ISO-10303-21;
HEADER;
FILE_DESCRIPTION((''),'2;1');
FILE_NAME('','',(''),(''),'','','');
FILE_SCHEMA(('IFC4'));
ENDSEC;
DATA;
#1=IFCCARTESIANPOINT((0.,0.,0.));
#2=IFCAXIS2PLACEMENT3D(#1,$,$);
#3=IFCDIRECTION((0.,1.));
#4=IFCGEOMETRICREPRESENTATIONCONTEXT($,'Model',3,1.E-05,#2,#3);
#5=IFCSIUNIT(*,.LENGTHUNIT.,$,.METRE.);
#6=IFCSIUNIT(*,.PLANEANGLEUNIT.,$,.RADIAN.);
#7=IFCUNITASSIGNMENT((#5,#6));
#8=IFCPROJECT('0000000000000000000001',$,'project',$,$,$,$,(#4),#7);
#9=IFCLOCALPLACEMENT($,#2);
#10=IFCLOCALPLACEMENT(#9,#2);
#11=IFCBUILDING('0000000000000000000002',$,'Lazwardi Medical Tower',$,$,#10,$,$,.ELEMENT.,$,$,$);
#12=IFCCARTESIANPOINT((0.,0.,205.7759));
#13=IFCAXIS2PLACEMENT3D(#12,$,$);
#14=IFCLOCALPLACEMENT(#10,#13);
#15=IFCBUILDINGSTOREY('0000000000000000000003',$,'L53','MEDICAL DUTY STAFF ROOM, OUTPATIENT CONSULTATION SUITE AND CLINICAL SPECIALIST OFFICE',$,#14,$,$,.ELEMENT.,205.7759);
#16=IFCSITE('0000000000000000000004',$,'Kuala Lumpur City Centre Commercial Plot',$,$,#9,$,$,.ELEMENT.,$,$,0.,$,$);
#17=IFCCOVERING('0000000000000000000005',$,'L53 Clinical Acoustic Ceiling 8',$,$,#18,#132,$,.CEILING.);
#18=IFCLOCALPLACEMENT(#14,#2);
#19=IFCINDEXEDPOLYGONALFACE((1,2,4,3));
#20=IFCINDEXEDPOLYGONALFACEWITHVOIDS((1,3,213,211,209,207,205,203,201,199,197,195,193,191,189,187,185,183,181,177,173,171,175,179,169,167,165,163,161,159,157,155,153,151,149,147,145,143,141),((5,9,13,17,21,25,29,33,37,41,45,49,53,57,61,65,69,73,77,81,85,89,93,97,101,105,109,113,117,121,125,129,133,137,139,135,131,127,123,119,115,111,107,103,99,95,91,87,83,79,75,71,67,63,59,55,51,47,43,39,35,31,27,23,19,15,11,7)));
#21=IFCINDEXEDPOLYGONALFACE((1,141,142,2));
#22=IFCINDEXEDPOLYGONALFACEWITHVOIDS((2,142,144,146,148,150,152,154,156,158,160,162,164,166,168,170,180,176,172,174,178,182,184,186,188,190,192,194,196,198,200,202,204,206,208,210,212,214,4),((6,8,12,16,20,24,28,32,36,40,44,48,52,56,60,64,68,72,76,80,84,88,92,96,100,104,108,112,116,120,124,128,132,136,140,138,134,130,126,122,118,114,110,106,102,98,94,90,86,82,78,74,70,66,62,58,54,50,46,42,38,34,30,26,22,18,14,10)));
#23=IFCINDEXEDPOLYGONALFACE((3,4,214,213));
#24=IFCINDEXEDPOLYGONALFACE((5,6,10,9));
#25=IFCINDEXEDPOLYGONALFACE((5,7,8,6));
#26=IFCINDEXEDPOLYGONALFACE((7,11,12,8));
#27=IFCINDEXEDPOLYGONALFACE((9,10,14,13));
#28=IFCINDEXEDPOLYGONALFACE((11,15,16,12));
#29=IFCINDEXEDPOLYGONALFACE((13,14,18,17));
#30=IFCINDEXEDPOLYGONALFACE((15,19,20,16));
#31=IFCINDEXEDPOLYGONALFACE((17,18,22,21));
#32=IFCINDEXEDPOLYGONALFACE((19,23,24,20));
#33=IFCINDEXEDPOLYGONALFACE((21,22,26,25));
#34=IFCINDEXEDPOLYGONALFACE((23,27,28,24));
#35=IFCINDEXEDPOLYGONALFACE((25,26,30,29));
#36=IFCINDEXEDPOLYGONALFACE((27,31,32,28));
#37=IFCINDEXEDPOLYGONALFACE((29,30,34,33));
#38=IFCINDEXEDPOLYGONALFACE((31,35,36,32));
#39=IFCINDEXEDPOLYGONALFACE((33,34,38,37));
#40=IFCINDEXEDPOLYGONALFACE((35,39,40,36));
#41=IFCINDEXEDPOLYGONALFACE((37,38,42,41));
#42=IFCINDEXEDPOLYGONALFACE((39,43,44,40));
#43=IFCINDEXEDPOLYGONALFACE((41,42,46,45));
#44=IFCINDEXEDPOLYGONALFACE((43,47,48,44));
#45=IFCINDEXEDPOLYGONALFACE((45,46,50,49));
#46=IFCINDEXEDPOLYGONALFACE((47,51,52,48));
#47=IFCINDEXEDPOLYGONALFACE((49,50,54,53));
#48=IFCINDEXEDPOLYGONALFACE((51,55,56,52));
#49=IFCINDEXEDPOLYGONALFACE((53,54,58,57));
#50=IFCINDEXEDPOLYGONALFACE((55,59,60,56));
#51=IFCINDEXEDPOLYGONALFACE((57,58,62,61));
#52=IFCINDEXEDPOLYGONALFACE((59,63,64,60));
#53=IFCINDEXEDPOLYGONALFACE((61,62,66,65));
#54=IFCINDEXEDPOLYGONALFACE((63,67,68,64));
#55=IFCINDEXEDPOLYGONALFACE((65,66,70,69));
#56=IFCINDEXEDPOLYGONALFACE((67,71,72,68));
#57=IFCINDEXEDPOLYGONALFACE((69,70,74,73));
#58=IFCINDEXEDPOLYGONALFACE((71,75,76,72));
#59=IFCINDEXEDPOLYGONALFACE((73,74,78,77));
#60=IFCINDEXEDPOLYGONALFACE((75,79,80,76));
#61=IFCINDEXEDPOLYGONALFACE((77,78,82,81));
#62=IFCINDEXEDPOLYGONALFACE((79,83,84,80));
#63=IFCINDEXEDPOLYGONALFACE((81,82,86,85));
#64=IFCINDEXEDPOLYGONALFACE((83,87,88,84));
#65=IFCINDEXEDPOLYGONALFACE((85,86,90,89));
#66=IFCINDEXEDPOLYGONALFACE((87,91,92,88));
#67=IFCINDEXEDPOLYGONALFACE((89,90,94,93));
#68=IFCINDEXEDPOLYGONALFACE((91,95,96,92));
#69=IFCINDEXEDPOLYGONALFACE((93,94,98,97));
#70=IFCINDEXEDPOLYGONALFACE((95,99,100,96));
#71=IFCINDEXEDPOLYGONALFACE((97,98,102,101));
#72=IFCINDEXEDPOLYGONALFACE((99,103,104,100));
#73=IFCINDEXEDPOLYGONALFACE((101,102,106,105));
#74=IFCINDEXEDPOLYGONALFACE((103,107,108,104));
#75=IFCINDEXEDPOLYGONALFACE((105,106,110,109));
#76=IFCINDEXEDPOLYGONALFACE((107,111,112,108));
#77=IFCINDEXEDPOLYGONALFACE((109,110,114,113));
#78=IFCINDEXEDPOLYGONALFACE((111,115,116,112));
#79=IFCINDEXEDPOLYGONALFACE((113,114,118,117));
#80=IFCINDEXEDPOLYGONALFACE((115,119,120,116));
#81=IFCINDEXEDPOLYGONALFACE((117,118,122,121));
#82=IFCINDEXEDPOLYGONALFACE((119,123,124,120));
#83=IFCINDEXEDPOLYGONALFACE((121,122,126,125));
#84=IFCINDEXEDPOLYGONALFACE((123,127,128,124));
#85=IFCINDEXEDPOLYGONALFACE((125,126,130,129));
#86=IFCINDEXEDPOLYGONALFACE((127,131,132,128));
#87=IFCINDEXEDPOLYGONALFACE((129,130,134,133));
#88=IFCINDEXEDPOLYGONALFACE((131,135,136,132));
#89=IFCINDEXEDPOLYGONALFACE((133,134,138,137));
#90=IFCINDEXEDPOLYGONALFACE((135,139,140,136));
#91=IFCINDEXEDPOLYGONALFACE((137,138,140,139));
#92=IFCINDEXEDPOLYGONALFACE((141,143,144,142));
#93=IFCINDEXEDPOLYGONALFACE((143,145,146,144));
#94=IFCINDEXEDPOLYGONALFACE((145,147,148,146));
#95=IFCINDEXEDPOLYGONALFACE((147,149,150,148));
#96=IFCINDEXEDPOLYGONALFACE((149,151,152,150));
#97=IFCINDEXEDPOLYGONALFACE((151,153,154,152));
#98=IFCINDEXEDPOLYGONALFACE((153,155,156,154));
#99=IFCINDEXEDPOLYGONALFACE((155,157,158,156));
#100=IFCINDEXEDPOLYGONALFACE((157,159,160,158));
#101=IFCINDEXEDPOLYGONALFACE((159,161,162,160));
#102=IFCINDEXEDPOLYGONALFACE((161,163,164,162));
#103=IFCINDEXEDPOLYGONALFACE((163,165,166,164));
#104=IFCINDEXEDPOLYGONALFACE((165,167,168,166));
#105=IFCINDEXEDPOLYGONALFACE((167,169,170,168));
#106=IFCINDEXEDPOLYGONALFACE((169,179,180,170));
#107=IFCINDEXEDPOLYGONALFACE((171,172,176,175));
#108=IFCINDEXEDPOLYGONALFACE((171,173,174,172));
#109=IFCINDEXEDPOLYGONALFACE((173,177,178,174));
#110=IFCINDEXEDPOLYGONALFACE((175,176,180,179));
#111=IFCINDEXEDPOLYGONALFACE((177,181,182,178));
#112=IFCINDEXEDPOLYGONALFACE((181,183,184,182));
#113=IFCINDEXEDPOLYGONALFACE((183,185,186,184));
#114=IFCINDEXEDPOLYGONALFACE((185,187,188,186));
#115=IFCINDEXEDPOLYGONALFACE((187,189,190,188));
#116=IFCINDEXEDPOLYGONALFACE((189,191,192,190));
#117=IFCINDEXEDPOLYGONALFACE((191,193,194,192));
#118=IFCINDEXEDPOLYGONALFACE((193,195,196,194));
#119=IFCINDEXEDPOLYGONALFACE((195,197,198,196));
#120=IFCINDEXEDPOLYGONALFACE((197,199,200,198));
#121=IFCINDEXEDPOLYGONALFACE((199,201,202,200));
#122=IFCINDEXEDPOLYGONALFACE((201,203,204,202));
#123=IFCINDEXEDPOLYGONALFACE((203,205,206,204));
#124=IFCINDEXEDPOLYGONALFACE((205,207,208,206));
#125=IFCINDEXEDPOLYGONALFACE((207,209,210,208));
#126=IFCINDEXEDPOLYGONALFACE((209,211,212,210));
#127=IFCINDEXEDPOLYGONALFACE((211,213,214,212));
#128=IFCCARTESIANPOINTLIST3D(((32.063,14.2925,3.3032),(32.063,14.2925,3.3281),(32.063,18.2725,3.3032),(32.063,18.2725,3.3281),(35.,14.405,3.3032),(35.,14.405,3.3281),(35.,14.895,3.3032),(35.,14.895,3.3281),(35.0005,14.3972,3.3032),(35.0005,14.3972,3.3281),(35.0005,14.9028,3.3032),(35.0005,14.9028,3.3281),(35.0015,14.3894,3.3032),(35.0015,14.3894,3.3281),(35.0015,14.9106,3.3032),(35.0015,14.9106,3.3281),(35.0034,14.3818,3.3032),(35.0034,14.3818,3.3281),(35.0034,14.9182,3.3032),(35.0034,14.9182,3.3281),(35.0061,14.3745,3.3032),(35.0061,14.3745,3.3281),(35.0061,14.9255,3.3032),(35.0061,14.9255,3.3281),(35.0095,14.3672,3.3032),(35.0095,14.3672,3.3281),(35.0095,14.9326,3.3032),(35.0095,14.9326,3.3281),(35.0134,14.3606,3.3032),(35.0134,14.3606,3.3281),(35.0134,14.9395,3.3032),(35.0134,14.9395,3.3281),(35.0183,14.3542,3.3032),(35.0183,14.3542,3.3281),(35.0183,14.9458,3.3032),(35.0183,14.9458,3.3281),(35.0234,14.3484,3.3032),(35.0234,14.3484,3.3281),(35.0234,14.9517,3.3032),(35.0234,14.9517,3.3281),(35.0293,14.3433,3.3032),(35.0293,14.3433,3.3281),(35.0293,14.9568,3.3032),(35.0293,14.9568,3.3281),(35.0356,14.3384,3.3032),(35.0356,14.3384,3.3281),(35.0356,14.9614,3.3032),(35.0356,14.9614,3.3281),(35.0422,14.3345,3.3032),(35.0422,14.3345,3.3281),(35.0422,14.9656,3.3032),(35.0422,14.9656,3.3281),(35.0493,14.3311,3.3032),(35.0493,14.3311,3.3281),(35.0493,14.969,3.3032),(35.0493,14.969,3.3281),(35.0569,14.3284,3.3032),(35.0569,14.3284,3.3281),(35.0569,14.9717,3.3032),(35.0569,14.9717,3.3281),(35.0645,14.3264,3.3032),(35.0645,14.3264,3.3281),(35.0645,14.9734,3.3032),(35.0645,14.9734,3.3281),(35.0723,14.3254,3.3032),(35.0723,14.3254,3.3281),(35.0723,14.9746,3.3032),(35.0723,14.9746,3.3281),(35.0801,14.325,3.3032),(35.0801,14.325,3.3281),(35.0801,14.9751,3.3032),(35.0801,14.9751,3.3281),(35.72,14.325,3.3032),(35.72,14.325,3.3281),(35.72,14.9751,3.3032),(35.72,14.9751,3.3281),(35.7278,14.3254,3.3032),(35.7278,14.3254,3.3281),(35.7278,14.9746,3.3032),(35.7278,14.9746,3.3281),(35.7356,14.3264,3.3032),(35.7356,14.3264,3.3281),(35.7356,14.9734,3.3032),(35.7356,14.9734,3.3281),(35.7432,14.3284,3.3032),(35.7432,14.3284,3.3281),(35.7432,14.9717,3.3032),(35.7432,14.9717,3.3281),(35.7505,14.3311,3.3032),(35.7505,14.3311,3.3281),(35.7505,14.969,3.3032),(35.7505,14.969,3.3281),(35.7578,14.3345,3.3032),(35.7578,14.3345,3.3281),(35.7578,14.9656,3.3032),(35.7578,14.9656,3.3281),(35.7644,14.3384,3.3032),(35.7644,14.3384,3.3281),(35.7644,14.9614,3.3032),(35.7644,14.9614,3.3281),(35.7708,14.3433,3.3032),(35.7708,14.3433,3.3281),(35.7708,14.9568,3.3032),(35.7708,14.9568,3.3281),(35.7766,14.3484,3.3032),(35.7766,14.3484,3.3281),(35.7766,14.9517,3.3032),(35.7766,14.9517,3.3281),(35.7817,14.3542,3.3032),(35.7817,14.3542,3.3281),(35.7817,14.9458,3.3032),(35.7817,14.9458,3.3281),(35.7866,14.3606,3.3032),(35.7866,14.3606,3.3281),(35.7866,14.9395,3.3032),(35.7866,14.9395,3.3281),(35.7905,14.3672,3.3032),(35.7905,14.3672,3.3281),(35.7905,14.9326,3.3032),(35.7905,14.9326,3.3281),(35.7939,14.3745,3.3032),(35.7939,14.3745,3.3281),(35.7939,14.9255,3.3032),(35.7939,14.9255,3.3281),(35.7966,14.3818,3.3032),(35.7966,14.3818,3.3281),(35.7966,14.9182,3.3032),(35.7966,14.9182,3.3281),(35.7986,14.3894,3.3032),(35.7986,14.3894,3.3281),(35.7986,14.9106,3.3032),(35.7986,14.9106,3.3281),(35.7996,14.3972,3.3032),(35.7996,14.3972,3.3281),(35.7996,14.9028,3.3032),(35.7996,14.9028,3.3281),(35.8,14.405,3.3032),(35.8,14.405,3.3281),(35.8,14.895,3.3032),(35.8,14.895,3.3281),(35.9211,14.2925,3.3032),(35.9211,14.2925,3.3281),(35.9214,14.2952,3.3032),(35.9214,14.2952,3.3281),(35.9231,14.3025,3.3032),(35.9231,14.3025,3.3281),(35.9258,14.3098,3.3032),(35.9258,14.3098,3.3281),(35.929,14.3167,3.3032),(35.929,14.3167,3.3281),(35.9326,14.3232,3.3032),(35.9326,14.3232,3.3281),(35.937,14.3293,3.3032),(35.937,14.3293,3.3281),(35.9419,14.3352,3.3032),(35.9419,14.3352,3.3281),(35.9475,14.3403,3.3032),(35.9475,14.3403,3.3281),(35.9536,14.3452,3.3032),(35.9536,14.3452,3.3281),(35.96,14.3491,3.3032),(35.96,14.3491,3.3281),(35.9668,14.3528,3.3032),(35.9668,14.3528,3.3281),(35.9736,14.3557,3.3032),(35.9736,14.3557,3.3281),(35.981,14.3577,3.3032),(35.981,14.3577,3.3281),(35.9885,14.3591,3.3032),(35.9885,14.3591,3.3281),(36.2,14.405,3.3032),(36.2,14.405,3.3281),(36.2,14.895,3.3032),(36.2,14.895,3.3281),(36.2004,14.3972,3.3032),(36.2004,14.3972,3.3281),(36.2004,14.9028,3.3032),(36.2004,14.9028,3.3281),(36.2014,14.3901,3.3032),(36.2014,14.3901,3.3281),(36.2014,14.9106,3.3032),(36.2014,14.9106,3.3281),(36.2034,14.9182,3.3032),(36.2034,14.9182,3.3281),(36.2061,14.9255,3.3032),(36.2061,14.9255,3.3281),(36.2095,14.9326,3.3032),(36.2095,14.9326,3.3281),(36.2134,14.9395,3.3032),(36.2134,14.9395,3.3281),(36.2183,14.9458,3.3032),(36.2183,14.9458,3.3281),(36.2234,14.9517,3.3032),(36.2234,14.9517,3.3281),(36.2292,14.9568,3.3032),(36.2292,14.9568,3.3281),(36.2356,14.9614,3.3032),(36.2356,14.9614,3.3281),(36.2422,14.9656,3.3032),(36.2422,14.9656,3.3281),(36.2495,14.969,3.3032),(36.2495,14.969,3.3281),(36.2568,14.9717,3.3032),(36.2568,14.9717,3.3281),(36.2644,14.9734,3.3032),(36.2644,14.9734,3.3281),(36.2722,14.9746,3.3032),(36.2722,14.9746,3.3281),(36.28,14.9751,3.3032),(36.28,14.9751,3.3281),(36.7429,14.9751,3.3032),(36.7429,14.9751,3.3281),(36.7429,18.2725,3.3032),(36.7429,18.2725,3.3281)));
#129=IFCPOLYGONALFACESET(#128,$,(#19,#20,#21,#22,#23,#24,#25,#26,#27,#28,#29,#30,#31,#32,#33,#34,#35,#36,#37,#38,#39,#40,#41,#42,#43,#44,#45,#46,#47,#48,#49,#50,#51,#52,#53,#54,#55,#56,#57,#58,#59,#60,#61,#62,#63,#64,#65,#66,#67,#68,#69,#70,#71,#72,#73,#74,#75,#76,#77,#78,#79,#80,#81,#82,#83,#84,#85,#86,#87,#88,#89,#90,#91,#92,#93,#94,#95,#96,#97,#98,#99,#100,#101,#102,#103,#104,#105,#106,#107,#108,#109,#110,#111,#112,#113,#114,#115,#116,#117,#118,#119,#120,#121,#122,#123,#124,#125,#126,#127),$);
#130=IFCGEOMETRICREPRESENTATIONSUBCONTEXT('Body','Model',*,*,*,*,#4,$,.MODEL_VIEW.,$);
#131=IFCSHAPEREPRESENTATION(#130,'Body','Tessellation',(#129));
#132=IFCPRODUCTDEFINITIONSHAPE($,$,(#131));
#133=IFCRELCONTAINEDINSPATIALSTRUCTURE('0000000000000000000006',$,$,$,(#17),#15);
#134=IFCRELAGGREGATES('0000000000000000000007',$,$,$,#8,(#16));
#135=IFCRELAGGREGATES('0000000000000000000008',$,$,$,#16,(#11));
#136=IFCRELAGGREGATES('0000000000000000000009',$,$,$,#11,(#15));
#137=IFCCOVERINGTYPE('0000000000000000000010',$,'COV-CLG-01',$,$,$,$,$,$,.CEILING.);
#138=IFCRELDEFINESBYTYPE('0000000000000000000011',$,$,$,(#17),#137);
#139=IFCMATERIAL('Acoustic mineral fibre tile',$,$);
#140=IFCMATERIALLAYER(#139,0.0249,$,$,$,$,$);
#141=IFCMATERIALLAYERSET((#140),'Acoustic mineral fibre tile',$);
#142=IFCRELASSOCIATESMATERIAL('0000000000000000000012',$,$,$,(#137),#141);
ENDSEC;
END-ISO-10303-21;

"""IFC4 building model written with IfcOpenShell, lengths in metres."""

from ifc_helpers import new_model, si_unit, direction, frame, origin, place, context, subcontext, project, spatial, polyline, outline, extrude, material, layer, layer_set, type_object, element, save


model = new_model("IFC4")

# Units and contexts
model_context = context("Model", 3, precision=1e-05, world=origin(), true_north=direction((0.0, 1.0)))
body_context = subcontext(model_context, "Body", "Model", "MODEL_VIEW")
ifc_project = project(units=[si_unit("LENGTHUNIT", "METRE"), si_unit("PLANEANGLEUNIT", "RADIAN")], contexts=[model_context])

# Site, building, storey
site_placement = place(None, origin())
site = spatial("IfcSite", under=ifc_project, at=site_placement, Name="Kuala Lumpur City Centre Commercial Plot", CompositionType="ELEMENT", RefElevation=0.0)
building_placement = place(site_placement, origin())
building = spatial("IfcBuilding", under=site, at=building_placement, Name="Lazwardi Medical Tower", CompositionType="ELEMENT")
storey_placement = place(building_placement, frame((0.0, 0.0, 205.7759)))
storey = spatial("IfcBuildingStorey", under=building, at=storey_placement, Name="L53", Description="MEDICAL DUTY STAFF ROOM, OUTPATIENT CONSULTATION SUITE AND CLINICAL SPECIALIST OFFICE", CompositionType="ELEMENT", Elevation=205.7759)

# Covering
ifc_material_1 = material(Name="Acoustic mineral fibre tile")
ifc_layer_1 = layer(ifc_material_1, 0.0249)
ifc_layer_set_1 = layer_set([ifc_layer_1], Name="Acoustic mineral fibre tile")
covering_type_1 = type_object("IfcCoveringType", Name="COV-CLG-01", PredefinedType="CEILING", material=ifc_layer_set_1)
covering_1_placement = place(storey_placement, frame((0.0, 0.0, 3.3032)))
element("IfcCovering", 1, at=covering_1_placement, inside=storey, type_object=covering_type_1, Name="L53 Clinical Acoustic Ceiling 8", PredefinedType="CEILING", context=body_context, shape_type="SweptSolid", body=[
    extrude(outline(polyline([(35.9211, 14.2925), (35.9214, 14.2952), (35.9231, 14.3025), (35.9258, 14.3098), (35.929, 14.3167), (35.9326, 14.3232), (35.937, 14.3293), (35.9419, 14.3352), (35.9475, 14.3403), (35.9536, 14.3452), (35.96, 14.3491), (35.9668, 14.3528), (35.9736, 14.3557), (35.981, 14.3577), (35.9885, 14.3591), (36.2014, 14.3901), (36.2004, 14.3972), (36.2, 14.405), (36.2, 14.895), (36.2004, 14.9028), (36.2014, 14.9106), (36.2034, 14.9182), (36.2061, 14.9255), (36.2095, 14.9326), (36.2134, 14.9395), (36.2183, 14.9458), (36.2234, 14.9517), (36.2292, 14.9568), (36.2356, 14.9614), (36.2422, 14.9656), (36.2495, 14.969), (36.2568, 14.9717), (36.2644, 14.9734), (36.2722, 14.9746), (36.28, 14.9751), (36.7429, 14.9751), (36.7429, 18.2725), (32.063, 18.2725), (32.063, 14.2925), (35.9211, 14.2925)]), holes=[polyline([(35.7505, 14.3311), (35.7432, 14.3284), (35.7356, 14.3264), (35.7278, 14.3254), (35.72, 14.325), (35.0801, 14.325), (35.0723, 14.3254), (35.0645, 14.3264), (35.0569, 14.3284), (35.0493, 14.3311), (35.0422, 14.3345), (35.0356, 14.3384), (35.0293, 14.3433), (35.0234, 14.3484), (35.0183, 14.3542), (35.0134, 14.3606), (35.0095, 14.3672), (35.0061, 14.3745), (35.0034, 14.3818), (35.0015, 14.3894), (35.0005, 14.3972), (35.0, 14.405), (35.0, 14.895), (35.0005, 14.9028), (35.0015, 14.9106), (35.0034, 14.9182), (35.0061, 14.9255), (35.0095, 14.9326), (35.0134, 14.9395), (35.0183, 14.9458), (35.0234, 14.9517), (35.0293, 14.9568), (35.0356, 14.9614), (35.0422, 14.9656), (35.0493, 14.969), (35.0569, 14.9717), (35.0645, 14.9734), (35.0723, 14.9746), (35.0801, 14.9751), (35.72, 14.9751), (35.7278, 14.9746), (35.7356, 14.9734), (35.7432, 14.9717), (35.7505, 14.969), (35.7578, 14.9656), (35.7644, 14.9614), (35.7708, 14.9568), (35.7766, 14.9517), (35.7817, 14.9458), (35.7866, 14.9395), (35.7905, 14.9326), (35.7939, 14.9255), (35.7966, 14.9182), (35.7986, 14.9106), (35.7996, 14.9028), (35.8, 14.895), (35.8, 14.405), (35.7996, 14.3972), (35.7986, 14.3894), (35.7966, 14.3818), (35.7939, 14.3745), (35.7905, 14.3672), (35.7866, 14.3606), (35.7817, 14.3542), (35.7766, 14.3484), (35.7708, 14.3433), (35.7644, 14.3384), (35.7578, 14.3345), (35.7505, 14.3311)])]), origin(), (0.0, 0.0, 1.0), 0.0249),
])

save(model, "model.ifc")
